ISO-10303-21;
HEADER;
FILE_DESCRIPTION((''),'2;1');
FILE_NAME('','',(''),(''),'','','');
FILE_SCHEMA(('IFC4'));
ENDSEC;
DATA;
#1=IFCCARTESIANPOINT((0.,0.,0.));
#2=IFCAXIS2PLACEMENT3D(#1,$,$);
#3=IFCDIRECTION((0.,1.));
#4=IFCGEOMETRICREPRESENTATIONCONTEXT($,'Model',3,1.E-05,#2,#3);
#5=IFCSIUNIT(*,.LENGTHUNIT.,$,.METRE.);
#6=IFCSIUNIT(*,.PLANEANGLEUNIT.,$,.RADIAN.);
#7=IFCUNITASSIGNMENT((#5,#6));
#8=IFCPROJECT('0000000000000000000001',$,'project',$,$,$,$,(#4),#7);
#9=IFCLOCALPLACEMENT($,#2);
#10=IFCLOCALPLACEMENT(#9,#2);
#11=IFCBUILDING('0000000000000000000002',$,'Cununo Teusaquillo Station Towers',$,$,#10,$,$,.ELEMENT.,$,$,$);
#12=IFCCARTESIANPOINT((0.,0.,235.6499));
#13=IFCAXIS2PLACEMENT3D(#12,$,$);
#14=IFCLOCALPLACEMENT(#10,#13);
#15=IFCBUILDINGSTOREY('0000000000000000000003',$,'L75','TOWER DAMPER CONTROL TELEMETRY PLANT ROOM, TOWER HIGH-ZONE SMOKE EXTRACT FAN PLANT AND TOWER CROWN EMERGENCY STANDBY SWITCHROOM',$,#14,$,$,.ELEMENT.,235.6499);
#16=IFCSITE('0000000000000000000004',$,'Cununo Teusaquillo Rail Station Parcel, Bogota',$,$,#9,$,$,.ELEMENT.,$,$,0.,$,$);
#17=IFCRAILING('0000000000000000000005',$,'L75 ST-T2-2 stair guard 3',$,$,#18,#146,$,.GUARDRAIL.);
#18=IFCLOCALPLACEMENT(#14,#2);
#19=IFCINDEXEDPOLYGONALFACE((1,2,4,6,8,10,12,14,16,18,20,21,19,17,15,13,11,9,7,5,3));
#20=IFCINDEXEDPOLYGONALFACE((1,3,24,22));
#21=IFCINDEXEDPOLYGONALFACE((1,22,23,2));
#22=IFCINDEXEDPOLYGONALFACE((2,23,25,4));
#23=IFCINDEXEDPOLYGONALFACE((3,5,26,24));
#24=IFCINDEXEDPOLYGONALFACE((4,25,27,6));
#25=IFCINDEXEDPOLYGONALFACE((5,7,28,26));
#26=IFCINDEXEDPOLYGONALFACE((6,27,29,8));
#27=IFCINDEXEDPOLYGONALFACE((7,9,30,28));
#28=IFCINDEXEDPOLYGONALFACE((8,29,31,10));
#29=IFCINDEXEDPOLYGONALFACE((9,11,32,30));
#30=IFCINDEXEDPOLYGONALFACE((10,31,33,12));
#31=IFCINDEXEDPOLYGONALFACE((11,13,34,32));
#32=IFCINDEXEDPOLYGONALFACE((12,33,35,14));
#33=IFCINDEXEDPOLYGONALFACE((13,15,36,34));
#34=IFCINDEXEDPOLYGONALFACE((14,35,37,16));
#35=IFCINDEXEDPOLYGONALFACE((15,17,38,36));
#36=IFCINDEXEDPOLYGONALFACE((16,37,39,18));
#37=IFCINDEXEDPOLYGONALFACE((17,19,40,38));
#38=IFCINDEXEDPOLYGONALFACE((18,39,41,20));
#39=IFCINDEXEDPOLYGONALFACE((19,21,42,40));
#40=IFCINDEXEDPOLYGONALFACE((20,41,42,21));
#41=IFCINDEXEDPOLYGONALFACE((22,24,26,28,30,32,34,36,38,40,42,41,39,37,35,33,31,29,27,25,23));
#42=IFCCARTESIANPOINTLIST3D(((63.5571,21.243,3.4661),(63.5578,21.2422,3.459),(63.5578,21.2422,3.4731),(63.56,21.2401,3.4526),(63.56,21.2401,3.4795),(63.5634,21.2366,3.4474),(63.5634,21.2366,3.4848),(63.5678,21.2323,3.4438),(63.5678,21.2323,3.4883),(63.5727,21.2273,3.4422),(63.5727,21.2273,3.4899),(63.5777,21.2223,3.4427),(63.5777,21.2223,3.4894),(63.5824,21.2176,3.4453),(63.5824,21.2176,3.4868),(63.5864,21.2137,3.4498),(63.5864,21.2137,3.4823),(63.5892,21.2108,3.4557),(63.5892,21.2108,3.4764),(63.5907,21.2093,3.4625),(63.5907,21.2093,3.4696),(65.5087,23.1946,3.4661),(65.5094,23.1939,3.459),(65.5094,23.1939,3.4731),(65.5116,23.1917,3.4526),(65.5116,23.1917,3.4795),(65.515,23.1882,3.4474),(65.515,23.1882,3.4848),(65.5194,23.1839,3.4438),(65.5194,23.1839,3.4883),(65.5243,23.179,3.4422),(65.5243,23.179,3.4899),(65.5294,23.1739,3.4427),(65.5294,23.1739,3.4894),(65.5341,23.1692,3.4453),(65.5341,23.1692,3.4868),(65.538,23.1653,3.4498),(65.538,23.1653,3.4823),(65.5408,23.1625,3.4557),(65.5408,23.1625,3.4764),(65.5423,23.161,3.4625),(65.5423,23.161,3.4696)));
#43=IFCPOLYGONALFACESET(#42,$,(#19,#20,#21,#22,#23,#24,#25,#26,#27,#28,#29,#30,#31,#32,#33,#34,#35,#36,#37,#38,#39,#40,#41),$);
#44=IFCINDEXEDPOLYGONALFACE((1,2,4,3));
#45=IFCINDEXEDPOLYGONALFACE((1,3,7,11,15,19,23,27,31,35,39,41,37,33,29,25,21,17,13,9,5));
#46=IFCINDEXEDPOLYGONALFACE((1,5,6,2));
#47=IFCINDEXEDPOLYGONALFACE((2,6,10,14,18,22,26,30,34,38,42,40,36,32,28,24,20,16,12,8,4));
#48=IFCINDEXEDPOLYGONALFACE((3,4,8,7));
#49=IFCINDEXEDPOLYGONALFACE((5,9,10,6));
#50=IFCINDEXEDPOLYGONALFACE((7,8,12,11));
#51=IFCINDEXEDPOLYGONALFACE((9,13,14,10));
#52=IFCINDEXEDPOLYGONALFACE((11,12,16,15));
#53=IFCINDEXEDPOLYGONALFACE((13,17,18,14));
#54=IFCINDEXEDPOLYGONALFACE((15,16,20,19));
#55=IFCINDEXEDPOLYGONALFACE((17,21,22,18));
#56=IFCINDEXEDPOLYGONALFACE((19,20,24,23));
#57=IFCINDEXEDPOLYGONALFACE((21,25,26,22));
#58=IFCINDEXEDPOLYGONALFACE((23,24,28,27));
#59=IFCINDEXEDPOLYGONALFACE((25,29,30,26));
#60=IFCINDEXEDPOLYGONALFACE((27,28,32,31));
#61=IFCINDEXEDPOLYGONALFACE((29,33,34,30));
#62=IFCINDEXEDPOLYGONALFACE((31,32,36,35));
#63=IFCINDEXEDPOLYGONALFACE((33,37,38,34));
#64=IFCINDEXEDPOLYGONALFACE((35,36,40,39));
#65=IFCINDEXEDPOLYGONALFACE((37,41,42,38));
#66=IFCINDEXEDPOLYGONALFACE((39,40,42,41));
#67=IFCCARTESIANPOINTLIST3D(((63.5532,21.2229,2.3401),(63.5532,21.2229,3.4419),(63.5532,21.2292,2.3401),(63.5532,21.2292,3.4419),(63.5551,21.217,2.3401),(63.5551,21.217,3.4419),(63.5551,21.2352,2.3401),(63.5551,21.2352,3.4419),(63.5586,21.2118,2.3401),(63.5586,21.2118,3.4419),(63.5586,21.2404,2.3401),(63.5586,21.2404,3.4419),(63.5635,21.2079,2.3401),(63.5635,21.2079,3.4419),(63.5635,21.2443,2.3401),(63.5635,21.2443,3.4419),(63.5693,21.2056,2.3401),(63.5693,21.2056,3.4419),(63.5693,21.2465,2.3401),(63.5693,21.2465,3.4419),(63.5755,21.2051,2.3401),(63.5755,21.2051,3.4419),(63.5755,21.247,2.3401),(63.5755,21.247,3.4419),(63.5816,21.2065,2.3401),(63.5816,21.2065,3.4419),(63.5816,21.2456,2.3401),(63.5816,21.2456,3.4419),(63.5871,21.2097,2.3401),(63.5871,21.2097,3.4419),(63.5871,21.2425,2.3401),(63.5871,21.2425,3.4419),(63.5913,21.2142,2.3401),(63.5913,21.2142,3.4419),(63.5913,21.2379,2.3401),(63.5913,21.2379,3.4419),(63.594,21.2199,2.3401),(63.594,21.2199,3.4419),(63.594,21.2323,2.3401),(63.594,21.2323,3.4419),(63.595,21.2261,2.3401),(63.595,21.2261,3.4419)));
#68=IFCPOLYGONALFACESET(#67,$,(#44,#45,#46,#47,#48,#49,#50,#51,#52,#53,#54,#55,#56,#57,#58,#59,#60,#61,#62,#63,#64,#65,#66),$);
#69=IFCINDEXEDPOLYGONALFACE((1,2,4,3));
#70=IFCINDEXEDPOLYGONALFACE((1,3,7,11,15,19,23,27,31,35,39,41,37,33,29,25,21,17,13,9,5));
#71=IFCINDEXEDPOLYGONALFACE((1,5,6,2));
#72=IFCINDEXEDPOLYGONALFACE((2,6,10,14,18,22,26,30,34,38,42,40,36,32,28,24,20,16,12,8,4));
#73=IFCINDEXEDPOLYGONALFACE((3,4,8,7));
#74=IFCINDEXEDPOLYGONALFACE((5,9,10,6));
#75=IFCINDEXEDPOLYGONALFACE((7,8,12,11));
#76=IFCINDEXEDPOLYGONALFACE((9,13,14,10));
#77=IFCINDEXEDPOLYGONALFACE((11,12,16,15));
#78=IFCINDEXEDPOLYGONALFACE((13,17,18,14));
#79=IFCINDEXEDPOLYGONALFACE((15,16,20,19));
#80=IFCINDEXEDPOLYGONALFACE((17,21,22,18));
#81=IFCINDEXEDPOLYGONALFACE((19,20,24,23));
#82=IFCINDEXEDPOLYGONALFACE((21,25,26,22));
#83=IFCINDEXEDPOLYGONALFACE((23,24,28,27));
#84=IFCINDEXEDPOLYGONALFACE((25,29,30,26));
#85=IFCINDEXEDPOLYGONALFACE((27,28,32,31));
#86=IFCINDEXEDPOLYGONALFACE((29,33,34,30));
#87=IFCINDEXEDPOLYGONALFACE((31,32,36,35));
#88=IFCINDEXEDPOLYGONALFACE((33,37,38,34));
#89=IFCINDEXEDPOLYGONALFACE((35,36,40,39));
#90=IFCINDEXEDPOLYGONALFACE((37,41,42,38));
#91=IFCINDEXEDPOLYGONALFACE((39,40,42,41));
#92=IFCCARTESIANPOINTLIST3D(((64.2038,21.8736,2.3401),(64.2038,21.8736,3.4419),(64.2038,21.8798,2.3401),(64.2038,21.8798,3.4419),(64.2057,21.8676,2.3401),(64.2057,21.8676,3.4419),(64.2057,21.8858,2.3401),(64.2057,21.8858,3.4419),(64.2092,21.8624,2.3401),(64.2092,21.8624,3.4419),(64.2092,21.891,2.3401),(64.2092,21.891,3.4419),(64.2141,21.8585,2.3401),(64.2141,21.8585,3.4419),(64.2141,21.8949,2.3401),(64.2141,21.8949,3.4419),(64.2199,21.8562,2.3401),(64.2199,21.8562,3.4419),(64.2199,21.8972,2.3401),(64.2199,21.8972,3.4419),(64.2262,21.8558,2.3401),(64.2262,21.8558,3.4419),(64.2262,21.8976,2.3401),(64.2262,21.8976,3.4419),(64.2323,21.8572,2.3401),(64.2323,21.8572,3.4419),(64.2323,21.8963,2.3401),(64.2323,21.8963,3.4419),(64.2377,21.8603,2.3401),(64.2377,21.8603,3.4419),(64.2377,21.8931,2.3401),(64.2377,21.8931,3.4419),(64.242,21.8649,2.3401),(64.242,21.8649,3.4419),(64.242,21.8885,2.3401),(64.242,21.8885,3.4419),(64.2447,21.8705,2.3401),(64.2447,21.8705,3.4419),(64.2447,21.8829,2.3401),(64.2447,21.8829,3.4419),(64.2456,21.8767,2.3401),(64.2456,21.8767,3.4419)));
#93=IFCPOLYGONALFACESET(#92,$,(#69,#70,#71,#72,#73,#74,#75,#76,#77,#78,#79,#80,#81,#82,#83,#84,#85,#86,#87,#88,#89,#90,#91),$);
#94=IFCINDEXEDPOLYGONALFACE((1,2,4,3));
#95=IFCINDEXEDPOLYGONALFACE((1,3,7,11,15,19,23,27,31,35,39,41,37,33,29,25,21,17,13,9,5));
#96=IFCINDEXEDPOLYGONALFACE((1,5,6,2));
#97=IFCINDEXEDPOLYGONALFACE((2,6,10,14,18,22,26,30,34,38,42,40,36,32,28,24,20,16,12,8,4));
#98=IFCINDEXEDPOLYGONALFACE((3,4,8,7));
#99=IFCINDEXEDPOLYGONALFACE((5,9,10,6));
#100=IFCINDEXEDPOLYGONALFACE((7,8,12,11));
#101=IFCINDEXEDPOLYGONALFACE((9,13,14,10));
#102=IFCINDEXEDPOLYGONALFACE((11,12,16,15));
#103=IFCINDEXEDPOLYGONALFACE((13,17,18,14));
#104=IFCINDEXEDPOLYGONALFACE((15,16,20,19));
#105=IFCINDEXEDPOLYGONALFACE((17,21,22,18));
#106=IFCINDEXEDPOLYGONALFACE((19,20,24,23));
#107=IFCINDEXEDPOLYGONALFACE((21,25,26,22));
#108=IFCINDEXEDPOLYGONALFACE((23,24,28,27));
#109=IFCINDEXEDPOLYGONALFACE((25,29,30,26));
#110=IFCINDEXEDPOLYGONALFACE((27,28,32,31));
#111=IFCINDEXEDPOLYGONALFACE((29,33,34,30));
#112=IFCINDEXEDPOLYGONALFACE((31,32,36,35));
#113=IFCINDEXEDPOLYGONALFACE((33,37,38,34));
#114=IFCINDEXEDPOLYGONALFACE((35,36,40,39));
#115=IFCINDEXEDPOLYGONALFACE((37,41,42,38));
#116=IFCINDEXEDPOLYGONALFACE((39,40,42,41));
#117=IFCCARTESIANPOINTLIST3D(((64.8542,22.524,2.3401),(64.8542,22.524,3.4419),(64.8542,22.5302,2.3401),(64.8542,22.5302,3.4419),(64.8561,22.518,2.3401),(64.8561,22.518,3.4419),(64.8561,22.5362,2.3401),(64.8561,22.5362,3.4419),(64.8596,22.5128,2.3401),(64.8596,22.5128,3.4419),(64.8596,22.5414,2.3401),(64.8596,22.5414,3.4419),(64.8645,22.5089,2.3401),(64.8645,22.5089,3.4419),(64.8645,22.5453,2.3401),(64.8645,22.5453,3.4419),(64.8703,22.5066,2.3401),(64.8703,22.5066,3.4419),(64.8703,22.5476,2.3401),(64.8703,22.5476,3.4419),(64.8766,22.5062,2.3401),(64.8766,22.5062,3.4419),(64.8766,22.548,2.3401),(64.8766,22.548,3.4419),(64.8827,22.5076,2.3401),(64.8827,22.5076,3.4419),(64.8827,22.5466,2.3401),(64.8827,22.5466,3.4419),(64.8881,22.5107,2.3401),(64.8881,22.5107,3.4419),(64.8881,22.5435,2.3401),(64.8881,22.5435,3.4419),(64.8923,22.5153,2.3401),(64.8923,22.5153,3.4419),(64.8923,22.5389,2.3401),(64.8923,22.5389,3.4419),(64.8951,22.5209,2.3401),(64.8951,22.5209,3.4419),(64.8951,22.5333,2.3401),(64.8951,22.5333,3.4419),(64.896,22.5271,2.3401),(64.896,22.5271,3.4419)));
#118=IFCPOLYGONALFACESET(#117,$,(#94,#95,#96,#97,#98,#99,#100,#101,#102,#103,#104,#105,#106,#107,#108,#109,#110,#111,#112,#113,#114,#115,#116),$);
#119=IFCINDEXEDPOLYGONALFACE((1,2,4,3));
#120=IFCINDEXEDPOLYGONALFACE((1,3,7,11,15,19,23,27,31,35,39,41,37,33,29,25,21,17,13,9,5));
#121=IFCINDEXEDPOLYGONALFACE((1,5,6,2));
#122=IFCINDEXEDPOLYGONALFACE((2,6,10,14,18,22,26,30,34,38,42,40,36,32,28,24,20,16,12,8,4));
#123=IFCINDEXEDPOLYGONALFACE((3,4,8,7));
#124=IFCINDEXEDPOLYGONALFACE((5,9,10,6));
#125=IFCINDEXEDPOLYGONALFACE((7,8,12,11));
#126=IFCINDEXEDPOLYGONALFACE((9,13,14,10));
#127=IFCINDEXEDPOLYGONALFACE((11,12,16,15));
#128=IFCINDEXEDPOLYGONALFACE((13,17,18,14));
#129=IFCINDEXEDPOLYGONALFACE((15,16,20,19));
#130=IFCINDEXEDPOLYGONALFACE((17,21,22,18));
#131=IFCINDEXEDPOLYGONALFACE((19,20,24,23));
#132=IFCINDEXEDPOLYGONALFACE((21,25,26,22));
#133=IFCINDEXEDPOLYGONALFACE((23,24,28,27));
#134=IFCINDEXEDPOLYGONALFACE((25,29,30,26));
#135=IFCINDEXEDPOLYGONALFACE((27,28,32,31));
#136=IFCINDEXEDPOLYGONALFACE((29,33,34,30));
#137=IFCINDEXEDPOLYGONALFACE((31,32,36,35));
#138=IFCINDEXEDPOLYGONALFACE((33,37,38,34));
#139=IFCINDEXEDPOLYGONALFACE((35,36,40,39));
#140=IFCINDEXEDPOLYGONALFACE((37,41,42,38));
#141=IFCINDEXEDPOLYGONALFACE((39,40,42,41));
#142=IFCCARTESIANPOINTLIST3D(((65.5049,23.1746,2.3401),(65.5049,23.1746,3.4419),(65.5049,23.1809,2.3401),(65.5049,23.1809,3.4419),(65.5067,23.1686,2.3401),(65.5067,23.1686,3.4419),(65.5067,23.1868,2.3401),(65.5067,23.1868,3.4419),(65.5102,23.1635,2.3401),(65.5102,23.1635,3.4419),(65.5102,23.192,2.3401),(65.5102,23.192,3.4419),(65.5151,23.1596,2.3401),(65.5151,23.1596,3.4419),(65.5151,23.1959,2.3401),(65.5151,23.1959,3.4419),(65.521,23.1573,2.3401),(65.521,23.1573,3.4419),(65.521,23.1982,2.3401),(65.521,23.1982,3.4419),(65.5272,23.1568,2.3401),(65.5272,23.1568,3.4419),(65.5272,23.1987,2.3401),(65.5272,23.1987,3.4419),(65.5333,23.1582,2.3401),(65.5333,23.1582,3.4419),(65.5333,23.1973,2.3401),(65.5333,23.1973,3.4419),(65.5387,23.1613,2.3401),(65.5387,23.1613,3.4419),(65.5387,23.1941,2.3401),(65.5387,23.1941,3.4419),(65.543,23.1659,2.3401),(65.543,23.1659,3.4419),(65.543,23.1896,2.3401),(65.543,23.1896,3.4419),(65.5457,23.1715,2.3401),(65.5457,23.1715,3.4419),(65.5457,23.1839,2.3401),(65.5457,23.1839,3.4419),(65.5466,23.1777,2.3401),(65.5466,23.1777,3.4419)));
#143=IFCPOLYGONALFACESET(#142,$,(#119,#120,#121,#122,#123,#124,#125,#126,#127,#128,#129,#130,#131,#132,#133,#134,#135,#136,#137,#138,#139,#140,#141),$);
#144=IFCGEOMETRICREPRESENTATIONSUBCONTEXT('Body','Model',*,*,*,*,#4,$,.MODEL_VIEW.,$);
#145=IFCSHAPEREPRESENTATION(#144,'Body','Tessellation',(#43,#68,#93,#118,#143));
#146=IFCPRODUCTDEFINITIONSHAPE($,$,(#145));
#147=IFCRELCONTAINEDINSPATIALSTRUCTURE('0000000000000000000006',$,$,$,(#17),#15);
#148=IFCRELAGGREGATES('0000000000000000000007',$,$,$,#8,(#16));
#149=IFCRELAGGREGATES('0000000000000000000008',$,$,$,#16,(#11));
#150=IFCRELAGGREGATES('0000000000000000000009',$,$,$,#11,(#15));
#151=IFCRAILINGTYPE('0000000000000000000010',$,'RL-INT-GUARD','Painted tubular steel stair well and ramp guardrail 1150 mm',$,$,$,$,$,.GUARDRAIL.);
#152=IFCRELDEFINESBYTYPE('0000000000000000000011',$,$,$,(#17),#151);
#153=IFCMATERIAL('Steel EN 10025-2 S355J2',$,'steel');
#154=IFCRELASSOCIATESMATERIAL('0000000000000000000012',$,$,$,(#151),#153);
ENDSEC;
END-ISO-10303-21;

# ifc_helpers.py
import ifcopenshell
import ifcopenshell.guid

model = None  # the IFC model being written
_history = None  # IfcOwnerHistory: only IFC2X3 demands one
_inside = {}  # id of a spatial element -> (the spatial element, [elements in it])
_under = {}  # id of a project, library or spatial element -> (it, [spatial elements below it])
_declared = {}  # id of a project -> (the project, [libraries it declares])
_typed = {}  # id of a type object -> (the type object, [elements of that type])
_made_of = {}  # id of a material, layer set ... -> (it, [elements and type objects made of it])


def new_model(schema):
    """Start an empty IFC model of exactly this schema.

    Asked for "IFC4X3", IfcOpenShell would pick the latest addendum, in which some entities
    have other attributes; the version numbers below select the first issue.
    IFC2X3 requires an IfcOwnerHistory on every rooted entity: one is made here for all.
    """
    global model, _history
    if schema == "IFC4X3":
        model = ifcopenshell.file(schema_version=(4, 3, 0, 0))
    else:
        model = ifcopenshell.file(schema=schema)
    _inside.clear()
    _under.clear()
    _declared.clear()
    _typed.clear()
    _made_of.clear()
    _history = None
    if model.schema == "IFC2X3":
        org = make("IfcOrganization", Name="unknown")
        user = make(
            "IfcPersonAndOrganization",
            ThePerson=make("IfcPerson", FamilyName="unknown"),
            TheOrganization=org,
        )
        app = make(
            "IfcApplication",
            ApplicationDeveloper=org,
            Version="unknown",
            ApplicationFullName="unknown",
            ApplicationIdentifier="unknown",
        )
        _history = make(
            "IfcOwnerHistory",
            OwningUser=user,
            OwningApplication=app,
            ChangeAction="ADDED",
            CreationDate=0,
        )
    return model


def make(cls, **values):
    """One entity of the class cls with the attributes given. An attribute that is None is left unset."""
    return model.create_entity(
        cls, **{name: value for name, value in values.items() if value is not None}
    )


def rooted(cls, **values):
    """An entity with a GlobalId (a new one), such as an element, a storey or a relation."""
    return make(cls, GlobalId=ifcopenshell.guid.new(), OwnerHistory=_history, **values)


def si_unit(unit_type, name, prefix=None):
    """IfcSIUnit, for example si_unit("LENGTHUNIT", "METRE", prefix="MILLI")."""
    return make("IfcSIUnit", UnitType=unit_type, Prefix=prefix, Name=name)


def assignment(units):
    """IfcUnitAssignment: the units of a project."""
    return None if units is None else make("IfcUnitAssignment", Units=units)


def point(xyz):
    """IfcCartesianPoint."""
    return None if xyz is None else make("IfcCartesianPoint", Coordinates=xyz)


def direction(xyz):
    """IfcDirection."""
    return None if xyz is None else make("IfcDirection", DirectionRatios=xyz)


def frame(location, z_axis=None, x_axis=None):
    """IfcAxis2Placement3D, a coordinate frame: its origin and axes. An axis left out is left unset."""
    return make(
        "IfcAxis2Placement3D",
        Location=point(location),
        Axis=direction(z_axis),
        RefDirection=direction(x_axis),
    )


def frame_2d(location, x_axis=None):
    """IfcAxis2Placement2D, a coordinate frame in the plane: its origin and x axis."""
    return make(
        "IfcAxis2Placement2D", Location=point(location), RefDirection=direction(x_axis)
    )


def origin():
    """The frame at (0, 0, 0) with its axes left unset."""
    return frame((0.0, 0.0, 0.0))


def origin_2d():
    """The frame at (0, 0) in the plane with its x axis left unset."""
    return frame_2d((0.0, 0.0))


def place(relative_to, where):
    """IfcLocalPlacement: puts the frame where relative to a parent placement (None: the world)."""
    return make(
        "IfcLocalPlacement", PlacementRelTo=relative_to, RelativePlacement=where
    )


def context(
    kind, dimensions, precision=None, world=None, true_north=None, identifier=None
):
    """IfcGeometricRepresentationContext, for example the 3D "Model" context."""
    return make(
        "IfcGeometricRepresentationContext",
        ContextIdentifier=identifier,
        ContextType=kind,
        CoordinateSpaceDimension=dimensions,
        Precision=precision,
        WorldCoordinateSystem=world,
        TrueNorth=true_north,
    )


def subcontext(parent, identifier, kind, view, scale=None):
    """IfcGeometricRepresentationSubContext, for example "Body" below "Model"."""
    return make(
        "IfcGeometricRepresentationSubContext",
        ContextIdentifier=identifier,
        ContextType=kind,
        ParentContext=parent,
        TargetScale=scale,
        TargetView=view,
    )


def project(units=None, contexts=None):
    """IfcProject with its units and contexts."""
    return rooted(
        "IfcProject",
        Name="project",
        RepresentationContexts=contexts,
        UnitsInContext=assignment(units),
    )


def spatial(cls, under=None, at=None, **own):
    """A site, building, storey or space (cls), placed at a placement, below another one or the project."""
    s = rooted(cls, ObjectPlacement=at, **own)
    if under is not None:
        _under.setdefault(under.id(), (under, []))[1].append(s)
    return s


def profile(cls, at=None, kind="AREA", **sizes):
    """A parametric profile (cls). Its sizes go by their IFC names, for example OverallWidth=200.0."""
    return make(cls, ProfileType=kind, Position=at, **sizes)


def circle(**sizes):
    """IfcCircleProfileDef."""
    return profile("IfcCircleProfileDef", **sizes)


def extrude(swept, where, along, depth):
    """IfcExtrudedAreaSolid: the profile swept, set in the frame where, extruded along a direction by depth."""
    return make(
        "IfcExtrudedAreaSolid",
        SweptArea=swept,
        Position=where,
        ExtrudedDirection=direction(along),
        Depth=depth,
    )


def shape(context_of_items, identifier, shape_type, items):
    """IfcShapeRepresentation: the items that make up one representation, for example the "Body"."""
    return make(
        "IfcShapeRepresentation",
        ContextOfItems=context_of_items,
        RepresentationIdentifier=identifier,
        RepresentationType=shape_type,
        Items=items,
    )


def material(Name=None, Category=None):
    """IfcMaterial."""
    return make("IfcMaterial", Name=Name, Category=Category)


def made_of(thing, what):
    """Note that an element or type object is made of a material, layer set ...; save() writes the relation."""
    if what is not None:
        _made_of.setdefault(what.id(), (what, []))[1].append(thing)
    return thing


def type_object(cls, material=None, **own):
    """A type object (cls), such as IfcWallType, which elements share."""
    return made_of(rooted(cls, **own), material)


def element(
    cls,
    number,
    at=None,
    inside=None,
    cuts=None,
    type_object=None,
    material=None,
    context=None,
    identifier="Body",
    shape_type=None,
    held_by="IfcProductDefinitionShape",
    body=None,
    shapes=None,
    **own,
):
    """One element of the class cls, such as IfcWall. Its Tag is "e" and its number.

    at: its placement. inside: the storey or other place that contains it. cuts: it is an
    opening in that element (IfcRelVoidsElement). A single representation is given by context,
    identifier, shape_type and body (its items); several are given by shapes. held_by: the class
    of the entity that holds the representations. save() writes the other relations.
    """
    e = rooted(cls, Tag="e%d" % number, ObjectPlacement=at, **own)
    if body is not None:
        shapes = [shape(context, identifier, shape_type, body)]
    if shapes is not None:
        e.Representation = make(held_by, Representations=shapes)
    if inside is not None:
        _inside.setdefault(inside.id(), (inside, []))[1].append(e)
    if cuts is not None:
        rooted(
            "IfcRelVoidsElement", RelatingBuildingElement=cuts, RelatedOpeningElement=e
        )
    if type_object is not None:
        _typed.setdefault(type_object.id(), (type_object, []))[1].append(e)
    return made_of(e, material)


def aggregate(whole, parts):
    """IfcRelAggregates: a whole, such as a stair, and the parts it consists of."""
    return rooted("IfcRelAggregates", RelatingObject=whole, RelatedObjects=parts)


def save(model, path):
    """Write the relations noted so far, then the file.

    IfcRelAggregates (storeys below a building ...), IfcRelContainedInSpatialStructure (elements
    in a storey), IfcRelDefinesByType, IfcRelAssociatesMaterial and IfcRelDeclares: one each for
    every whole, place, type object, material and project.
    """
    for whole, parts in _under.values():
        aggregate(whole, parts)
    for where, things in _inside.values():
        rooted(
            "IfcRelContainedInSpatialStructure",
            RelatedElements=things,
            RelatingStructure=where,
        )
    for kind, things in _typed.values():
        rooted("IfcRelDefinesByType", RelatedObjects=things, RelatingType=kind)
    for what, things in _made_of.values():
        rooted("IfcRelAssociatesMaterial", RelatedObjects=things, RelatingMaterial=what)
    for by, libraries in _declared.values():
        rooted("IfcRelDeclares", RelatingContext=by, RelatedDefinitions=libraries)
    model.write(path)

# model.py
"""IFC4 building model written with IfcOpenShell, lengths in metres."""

from ifc_helpers import new_model, si_unit, direction, frame, origin, origin_2d, place, context, subcontext, project, spatial, circle, extrude, material, type_object, element, save


model = new_model("IFC4")

# Units and contexts
model_context = context("Model", 3, precision=1e-05, world=origin(), true_north=direction((0.0, 1.0)))
body_context = subcontext(model_context, "Body", "Model", "MODEL_VIEW")
ifc_project = project(units=[si_unit("LENGTHUNIT", "METRE"), si_unit("PLANEANGLEUNIT", "RADIAN")], contexts=[model_context])

# Site, building, storey
site_placement = place(None, origin())
site = spatial("IfcSite", under=ifc_project, at=site_placement, Name="Cununo Teusaquillo Rail Station Parcel, Bogota", CompositionType="ELEMENT", RefElevation=0.0)
building_placement = place(site_placement, origin())
building = spatial("IfcBuilding", under=site, at=building_placement, Name="Cununo Teusaquillo Station Towers", CompositionType="ELEMENT")
storey_placement = place(building_placement, frame((0.0, 0.0, 235.6499)))
storey = spatial("IfcBuildingStorey", under=building, at=storey_placement, Name="L75", Description="TOWER DAMPER CONTROL TELEMETRY PLANT ROOM, TOWER HIGH-ZONE SMOKE EXTRACT FAN PLANT AND TOWER CROWN EMERGENCY STANDBY SWITCHROOM", CompositionType="ELEMENT", Elevation=235.6499)

# Railing
ifc_material_1 = material(Name="Steel EN 10025-2 S355J2", Category="steel")
railing_type = type_object("IfcRailingType", Name="RL-INT-GUARD", Description="Painted tubular steel stair well and ramp guardrail 1150 mm", PredefinedType="GUARDRAIL", material=ifc_material_1)
railing_1_placement = place(storey_placement, frame((63.574, 21.2261, 2.3401)))
element("IfcRailing", 1, at=railing_1_placement, inside=storey, type_object=railing_type, Name="L75 ST-T2-2 stair guard 3", PredefinedType="GUARDRAIL", context=body_context, shape_type="SweptSolid", body=[
    extrude(circle(Radius=0.0239, at=origin_2d()), frame((0.0, 0.0, 1.126), z_axis=(0.707107, 0.707107, 0.0), x_axis=(-0.707107, 0.707107, 0.0)), (0.0, 0.0, 1.0), 2.76),
    extrude(circle(Radius=0.021, at=origin_2d()), origin(), (0.0, 0.0, 1.0), 1.1018),
    extrude(circle(Radius=0.021, at=origin_2d()), frame((0.6506, 0.6506, 0.0)), (0.0, 0.0, 1.0), 1.1018),
    extrude(circle(Radius=0.021, at=origin_2d()), frame((1.301, 1.301, 0.0)), (0.0, 0.0, 1.0), 1.1018),
    extrude(circle(Radius=0.021, at=origin_2d()), frame((1.9517, 1.9517, 0.0)), (0.0, 0.0, 1.0), 1.1018),
])

save(model, "model.ifc")
